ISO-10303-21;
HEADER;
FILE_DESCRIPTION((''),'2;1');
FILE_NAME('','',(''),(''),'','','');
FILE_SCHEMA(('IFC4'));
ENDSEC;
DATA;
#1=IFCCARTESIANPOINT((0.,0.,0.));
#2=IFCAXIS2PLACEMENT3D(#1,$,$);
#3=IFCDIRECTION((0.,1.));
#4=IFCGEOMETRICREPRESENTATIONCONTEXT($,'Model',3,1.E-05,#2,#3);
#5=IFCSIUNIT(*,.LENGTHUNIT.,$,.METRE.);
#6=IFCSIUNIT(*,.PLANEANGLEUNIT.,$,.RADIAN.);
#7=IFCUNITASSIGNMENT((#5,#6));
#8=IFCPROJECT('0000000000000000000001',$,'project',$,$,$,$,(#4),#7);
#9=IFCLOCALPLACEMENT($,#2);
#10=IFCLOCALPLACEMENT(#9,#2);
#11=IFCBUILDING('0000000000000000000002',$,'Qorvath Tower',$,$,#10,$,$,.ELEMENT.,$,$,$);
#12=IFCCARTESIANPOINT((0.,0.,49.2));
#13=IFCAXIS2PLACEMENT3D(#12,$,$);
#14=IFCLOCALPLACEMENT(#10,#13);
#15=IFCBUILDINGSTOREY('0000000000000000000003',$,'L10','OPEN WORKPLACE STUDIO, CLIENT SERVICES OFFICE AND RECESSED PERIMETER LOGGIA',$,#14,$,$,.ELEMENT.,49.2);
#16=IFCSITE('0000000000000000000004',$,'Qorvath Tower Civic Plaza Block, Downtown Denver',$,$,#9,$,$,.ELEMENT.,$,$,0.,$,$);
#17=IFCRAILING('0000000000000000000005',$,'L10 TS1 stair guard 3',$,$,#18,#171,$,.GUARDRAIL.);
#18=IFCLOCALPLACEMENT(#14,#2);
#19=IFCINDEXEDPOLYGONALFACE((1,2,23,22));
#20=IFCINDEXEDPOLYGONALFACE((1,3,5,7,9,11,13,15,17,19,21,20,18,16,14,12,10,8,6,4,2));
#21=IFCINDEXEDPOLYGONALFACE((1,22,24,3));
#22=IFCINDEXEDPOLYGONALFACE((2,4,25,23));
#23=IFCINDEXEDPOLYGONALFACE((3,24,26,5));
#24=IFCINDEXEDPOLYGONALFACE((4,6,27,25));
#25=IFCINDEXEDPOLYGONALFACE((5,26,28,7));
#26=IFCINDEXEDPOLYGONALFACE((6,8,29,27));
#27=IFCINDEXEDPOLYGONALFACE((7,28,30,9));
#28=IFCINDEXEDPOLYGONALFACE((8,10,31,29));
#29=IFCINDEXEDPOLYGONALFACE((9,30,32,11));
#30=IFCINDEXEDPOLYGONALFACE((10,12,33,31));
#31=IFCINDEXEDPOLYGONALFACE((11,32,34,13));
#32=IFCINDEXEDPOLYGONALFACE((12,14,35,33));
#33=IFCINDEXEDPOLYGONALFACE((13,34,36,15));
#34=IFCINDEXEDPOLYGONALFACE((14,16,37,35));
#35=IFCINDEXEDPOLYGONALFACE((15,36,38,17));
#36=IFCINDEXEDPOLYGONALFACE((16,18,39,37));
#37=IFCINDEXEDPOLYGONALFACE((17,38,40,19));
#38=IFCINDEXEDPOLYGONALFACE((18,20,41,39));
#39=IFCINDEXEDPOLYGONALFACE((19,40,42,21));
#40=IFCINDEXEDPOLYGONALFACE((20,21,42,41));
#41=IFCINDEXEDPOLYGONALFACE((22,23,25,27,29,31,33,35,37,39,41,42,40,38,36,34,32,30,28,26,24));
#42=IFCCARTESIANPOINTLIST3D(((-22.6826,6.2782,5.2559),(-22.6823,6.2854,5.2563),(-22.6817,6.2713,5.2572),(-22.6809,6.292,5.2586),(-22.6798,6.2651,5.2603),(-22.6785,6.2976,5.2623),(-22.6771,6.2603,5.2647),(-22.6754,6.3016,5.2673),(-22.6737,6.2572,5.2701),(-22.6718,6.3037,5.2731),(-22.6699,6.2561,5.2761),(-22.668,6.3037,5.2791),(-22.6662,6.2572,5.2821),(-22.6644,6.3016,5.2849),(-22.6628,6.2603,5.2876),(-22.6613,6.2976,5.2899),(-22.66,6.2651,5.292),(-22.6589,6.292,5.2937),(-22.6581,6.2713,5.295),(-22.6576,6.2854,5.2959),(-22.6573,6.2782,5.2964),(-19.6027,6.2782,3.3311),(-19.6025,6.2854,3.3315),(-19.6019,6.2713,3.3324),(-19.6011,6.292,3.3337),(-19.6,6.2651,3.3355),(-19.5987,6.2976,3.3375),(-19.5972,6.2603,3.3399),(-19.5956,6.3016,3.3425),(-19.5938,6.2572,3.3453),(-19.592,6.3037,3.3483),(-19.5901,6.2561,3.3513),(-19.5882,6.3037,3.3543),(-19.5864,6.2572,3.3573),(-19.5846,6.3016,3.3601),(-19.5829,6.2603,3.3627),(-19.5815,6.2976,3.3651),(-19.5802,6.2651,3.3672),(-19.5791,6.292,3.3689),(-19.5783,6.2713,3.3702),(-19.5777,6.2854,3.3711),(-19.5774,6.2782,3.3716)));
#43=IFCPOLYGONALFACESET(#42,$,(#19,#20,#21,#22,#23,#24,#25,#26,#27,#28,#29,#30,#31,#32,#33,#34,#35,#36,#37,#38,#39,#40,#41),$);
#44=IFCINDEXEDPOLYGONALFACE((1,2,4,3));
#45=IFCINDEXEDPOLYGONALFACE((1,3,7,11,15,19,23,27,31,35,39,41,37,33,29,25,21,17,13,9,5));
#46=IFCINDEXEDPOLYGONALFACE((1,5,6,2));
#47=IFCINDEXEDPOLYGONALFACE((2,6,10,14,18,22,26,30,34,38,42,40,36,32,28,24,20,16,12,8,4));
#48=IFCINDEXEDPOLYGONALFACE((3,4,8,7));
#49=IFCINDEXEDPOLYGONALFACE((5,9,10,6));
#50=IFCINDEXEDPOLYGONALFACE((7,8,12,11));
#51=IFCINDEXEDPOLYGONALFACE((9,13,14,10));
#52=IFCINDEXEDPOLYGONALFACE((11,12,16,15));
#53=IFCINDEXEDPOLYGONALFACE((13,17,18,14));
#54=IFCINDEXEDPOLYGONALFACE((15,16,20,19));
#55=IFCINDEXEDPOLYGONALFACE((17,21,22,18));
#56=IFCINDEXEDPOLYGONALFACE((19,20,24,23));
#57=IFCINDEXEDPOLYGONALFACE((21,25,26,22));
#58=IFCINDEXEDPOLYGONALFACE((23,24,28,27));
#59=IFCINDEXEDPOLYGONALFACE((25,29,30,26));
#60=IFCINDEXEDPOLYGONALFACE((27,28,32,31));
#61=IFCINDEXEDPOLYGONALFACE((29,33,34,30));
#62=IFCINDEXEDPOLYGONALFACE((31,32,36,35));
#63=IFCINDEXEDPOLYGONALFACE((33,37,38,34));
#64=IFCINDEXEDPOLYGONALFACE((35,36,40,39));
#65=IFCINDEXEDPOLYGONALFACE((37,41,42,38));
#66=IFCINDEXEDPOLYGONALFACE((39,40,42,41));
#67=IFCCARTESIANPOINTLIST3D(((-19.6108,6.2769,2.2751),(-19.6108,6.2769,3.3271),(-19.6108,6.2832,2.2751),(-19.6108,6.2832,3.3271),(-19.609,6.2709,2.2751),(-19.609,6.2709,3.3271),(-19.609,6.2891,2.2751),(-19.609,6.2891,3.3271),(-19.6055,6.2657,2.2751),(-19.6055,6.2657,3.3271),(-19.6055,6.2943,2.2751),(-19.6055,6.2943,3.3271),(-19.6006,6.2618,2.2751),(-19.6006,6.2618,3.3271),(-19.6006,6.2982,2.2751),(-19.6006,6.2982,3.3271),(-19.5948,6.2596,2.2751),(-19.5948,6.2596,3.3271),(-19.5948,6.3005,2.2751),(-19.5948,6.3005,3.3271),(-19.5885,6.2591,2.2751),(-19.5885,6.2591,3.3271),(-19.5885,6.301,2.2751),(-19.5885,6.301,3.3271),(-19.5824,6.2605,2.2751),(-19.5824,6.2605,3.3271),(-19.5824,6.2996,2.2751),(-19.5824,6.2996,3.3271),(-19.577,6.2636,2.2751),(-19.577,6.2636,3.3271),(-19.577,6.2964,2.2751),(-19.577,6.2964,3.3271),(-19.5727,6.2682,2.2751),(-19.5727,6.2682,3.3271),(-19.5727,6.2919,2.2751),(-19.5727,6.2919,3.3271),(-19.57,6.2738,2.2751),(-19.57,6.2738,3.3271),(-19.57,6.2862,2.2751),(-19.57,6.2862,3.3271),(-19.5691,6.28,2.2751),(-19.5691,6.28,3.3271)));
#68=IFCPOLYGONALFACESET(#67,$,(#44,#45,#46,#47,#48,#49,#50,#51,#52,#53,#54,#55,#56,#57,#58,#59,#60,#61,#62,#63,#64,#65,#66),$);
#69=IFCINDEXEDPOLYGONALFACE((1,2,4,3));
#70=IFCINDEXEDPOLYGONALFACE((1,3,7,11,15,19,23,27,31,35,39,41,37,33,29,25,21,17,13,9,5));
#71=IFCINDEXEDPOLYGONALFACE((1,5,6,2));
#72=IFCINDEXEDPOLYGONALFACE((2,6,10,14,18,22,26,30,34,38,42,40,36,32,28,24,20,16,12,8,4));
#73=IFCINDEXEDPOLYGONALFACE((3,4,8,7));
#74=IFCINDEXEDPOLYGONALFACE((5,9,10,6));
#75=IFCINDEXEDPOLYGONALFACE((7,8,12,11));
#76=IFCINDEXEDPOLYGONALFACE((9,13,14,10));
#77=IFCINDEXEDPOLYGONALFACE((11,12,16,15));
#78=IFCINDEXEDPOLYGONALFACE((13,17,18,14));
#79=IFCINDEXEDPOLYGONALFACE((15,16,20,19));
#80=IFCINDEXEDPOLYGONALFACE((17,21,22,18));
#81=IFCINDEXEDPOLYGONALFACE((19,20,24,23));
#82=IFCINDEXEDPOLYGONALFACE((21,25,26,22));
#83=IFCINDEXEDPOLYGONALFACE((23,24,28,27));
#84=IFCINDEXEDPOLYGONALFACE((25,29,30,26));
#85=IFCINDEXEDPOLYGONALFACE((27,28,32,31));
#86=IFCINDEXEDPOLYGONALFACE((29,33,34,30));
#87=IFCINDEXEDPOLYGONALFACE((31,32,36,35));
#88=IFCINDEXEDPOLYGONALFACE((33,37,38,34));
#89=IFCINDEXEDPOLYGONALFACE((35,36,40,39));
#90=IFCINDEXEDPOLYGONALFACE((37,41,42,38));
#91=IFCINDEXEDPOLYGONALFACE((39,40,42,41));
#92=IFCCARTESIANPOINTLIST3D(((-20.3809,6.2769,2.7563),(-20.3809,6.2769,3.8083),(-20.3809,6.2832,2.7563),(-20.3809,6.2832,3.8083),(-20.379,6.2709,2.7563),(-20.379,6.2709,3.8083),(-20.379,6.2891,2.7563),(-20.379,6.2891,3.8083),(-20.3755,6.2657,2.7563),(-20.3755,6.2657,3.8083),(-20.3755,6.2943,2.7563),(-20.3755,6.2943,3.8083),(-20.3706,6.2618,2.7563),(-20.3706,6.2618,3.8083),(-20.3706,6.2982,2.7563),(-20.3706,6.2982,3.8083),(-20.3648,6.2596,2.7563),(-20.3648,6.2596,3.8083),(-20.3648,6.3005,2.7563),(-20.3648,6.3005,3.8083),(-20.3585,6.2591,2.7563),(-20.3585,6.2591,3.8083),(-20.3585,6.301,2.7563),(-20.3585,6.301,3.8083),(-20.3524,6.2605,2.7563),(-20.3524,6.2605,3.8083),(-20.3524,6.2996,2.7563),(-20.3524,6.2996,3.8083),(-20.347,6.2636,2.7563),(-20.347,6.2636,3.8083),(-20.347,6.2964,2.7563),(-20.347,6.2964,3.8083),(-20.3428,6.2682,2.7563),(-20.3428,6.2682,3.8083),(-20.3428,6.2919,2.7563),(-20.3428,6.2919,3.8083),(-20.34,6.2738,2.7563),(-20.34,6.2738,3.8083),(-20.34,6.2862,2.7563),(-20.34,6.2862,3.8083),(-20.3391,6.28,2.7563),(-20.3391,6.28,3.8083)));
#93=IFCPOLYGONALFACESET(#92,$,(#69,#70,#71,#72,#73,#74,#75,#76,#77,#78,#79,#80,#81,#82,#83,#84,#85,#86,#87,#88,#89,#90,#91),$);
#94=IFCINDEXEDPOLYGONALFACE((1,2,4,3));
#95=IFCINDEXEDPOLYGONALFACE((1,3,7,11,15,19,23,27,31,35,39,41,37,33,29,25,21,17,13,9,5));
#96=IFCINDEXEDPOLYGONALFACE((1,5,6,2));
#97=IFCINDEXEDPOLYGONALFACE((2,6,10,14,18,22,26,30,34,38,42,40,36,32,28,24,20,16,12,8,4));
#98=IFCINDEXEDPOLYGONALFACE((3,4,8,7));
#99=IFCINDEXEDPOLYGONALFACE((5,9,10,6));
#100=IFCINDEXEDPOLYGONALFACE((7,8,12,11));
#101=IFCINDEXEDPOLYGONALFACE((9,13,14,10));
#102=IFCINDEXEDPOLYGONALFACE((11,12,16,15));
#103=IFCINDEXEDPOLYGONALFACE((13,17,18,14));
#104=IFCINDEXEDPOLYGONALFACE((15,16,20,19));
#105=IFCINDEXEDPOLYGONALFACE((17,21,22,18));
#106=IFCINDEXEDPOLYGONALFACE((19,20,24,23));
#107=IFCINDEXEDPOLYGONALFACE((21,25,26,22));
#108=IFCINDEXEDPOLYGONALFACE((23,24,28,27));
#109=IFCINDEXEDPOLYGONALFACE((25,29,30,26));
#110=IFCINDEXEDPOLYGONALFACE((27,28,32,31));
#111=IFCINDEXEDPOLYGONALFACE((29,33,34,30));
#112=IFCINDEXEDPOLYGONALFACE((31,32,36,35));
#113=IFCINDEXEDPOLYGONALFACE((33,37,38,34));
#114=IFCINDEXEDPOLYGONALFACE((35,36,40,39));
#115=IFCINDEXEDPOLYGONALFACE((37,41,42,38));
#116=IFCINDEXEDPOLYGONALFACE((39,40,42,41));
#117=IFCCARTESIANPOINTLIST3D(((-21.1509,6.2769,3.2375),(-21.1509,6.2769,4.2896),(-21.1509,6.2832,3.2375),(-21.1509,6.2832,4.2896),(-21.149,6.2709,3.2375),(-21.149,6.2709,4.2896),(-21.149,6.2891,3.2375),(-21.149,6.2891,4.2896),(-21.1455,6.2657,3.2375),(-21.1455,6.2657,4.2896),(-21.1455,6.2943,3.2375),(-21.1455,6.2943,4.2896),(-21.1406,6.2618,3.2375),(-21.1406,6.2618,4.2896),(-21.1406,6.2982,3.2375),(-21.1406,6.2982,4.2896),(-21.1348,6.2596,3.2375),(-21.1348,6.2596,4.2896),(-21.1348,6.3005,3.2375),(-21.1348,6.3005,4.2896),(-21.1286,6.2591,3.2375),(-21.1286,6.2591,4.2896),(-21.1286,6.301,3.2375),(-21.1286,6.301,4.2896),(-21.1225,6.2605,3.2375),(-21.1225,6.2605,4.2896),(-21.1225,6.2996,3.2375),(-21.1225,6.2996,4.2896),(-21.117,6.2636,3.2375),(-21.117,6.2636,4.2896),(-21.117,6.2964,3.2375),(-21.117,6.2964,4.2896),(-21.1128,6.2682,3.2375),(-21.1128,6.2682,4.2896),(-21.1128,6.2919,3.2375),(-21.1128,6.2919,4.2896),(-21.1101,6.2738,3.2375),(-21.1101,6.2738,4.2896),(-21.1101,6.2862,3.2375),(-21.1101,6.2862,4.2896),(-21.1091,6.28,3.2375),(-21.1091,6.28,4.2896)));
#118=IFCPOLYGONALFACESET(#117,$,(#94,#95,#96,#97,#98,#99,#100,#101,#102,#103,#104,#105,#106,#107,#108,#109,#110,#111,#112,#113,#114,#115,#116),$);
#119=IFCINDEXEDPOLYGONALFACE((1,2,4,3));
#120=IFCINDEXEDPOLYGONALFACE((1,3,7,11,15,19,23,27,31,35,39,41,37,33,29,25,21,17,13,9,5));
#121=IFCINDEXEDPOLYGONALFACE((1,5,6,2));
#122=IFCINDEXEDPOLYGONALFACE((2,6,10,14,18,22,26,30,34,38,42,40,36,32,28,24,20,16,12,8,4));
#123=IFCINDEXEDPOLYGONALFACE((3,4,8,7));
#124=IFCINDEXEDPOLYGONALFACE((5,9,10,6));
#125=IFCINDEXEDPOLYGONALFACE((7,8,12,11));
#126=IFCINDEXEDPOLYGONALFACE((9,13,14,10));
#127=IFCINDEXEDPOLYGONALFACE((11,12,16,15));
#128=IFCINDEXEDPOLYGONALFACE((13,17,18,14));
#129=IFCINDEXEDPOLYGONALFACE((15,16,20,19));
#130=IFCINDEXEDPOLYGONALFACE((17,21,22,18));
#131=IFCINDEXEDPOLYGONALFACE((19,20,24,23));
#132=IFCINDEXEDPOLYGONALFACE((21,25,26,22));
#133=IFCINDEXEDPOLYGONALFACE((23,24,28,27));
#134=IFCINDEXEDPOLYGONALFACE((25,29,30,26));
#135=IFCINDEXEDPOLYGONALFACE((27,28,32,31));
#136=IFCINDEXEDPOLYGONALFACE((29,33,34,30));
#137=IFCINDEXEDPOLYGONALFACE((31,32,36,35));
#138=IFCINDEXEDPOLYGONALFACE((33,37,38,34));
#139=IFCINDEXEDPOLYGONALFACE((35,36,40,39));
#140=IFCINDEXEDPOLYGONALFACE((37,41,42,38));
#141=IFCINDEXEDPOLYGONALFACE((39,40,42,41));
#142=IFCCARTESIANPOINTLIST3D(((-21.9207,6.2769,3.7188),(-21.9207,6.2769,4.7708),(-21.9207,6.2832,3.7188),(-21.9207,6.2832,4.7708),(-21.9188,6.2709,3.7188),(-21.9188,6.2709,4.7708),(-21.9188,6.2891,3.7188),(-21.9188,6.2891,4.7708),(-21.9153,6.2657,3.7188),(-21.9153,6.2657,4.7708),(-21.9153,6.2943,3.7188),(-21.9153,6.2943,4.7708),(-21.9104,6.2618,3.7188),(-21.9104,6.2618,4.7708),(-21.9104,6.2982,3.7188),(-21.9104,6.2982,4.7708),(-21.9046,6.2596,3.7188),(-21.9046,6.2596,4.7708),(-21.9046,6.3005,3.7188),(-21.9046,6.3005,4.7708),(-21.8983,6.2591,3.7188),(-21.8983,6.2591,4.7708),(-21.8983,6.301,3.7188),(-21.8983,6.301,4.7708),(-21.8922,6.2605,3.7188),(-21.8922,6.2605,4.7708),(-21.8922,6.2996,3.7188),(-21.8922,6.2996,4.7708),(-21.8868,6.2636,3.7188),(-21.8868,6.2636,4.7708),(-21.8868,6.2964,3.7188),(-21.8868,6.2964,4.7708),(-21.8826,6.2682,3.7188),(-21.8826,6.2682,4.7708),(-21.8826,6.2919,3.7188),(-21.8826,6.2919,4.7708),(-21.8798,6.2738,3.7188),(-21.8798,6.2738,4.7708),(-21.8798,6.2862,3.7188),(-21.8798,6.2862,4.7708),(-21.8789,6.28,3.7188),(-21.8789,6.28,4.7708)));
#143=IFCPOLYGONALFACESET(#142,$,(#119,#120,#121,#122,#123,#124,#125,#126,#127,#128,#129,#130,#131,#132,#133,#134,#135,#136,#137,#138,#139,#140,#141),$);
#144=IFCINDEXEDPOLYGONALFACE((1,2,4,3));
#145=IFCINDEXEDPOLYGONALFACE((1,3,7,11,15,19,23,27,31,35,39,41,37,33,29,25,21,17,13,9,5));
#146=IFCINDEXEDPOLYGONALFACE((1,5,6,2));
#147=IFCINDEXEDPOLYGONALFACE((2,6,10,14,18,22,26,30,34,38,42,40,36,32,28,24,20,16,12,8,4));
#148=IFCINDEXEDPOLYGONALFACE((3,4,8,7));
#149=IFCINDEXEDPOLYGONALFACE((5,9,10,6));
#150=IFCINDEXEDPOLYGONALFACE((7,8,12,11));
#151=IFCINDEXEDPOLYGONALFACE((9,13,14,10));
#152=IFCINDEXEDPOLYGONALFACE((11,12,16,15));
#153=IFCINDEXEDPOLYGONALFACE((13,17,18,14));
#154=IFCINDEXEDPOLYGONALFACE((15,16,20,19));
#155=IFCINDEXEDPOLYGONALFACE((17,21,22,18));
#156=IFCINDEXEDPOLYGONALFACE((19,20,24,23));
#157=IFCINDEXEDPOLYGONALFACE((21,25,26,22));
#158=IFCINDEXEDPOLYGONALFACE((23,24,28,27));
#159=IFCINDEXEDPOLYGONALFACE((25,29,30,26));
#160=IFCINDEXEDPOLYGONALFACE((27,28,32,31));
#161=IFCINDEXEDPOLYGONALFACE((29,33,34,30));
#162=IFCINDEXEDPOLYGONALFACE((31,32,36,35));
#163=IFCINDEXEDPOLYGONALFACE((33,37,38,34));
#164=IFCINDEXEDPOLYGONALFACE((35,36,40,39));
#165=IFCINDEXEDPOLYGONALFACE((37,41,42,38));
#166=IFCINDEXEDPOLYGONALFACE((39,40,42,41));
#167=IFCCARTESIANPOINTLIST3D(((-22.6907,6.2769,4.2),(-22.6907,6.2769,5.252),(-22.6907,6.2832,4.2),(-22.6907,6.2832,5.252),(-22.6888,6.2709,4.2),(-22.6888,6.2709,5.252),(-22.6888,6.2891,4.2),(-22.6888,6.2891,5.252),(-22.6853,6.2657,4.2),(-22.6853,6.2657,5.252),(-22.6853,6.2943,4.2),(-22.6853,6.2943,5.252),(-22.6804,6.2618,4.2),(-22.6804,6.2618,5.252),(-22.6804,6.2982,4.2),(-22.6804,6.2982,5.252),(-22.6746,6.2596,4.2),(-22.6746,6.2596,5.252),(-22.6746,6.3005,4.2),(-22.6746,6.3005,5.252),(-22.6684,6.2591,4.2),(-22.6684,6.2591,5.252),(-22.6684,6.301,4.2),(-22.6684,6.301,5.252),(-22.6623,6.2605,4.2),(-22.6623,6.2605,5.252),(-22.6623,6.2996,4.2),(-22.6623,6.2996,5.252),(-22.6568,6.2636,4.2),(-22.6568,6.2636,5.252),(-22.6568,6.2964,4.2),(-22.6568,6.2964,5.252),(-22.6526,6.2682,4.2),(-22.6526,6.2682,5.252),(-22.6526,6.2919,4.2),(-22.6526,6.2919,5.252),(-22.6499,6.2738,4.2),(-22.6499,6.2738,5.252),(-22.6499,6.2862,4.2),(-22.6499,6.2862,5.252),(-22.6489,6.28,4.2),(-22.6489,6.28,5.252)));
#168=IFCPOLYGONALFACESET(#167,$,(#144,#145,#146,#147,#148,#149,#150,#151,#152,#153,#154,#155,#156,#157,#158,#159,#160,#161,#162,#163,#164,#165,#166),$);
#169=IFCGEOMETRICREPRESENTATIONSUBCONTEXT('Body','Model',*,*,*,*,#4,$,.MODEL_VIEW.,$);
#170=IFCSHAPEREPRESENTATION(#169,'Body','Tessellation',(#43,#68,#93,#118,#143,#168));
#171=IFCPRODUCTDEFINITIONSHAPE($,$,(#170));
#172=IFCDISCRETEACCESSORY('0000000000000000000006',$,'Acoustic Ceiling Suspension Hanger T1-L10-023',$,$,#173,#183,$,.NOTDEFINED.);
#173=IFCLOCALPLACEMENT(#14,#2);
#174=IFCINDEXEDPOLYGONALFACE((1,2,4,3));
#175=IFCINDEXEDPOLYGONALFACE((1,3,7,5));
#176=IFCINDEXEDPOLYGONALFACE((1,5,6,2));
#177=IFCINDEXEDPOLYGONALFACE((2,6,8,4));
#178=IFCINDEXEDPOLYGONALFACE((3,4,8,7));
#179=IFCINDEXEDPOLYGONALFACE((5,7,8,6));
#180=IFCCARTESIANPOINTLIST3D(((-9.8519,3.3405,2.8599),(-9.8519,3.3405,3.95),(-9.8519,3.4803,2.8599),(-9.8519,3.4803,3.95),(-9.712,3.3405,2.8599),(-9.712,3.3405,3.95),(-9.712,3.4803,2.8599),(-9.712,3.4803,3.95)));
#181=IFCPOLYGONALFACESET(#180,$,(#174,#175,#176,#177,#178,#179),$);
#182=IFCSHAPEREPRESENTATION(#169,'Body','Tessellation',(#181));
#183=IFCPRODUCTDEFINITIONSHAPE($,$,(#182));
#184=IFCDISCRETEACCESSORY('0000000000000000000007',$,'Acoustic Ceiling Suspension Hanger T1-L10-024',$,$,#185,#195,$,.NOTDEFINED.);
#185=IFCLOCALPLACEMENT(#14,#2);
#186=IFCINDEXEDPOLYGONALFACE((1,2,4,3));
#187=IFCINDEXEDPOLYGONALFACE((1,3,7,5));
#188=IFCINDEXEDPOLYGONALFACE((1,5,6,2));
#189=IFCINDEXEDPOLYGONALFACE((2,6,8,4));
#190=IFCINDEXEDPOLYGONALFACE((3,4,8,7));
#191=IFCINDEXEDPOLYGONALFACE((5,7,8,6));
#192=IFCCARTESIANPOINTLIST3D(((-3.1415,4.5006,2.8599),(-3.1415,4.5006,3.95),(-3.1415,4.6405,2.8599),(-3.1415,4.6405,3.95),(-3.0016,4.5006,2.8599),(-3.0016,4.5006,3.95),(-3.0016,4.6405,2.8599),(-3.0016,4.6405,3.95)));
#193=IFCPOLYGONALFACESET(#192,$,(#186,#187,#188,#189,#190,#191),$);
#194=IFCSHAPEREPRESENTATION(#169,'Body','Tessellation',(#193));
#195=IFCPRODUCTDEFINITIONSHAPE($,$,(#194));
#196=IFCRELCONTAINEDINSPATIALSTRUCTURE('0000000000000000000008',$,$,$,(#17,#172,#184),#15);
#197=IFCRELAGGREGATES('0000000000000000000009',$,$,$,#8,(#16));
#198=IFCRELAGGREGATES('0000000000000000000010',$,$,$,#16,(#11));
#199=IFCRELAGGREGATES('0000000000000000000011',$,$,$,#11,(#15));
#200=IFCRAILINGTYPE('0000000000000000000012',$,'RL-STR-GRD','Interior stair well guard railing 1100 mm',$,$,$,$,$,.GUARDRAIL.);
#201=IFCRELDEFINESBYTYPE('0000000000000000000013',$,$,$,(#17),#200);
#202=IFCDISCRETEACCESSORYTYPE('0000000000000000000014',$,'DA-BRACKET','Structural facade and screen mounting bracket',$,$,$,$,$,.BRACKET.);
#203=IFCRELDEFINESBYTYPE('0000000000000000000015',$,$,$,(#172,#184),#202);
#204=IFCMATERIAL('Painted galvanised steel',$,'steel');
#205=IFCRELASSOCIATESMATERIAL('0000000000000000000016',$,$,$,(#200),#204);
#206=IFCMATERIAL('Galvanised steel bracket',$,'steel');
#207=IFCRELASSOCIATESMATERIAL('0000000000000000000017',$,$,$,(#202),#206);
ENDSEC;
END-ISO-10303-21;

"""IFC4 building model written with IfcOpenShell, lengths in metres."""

from ifc_helpers import new_model, si_unit, direction, frame, origin, origin_2d, place, context, subcontext, project, spatial, rectangle, circle, extrude, material, type_object, element, save


model = new_model("IFC4")

# Units and contexts
model_context = context("Model", 3, precision=1e-05, world=origin(), true_north=direction((0.0, 1.0)))
body_context = subcontext(model_context, "Body", "Model", "MODEL_VIEW")
ifc_project = project(units=[si_unit("LENGTHUNIT", "METRE"), si_unit("PLANEANGLEUNIT", "RADIAN")], contexts=[model_context])

# Site, building, storey
site_placement = place(None, origin())
site = spatial("IfcSite", under=ifc_project, at=site_placement, Name="Qorvath Tower Civic Plaza Block, Downtown Denver", CompositionType="ELEMENT", RefElevation=0.0)
building_placement = place(site_placement, origin())
building = spatial("IfcBuilding", under=site, at=building_placement, Name="Qorvath Tower", CompositionType="ELEMENT")
storey_placement = place(building_placement, frame((0.0, 0.0, 49.2)))
storey = spatial("IfcBuildingStorey", under=building, at=storey_placement, Name="L10", Description="OPEN WORKPLACE STUDIO, CLIENT SERVICES OFFICE AND RECESSED PERIMETER LOGGIA", CompositionType="ELEMENT", Elevation=49.2)

# Railing
ifc_material_1 = material(Name="Painted galvanised steel", Category="steel")
railing_type = type_object("IfcRailingType", Name="RL-STR-GRD", Description="Interior stair well guard railing 1100 mm", PredefinedType="GUARDRAIL", material=ifc_material_1)
railing_1_placement = place(storey_placement, frame((-19.5901, 6.28, 2.2751)))
element("IfcRailing", 1, at=railing_1_placement, inside=storey, type_object=railing_type, Name="L10 TS1 stair guard 3", PredefinedType="GUARDRAIL", context=body_context, shape_type="SweptSolid", body=[
    extrude(circle(Radius=0.0239, at=origin_2d()), frame((0.0, 0.0, 1.0762), z_axis=(-0.84801, 0.0, 0.529981), x_axis=(0.0, -1.0, 0.0)), (0.0, 0.0, 1.0), 3.6318),
    extrude(circle(Radius=0.021, at=origin_2d()), origin(), (0.0, 0.0, 1.0), 1.052),
    extrude(circle(Radius=0.021, at=origin_2d()), frame((-0.77, 0.0, 0.4812)), (0.0, 0.0, 1.0), 1.052),
    extrude(circle(Radius=0.021, at=origin_2d()), frame((-1.54, 0.0, 0.9624)), (0.0, 0.0, 1.0), 1.052),
    extrude(circle(Radius=0.021, at=origin_2d()), frame((-2.3098, 0.0, 1.4436)), (0.0, 0.0, 1.0), 1.052),
    extrude(circle(Radius=0.021, at=origin_2d()), frame((-3.0798, 0.0, 1.9248)), (0.0, 0.0, 1.0), 1.052),
])

# Discrete accessories
ifc_material_2 = material(Name="Galvanised steel bracket", Category="steel")
discrete_accessory_type = type_object("IfcDiscreteAccessoryType", Name="DA-BRACKET", Description="Structural facade and screen mounting bracket", PredefinedType="BRACKET", material=ifc_material_2)
for number, where, z_axis, x_axis, name in (
    (2, (-9.782, 3.4104, 2.8599), (0.0, 0.0, 1.0), (1.0, 0.0, 0.0), "Acoustic Ceiling Suspension Hanger T1-L10-023"),
    (3, (-3.0715, 4.5706, 2.8599), (0.0, 0.0, 1.0), (1.0, 0.0, 0.0), "Acoustic Ceiling Suspension Hanger T1-L10-024"),
):
    element("IfcDiscreteAccessory", number, at=place(storey_placement, frame(where, z_axis=z_axis, x_axis=x_axis)), inside=storey, type_object=discrete_accessory_type, Name=name, PredefinedType="NOTDEFINED", context=body_context, shape_type="SweptSolid", body=[
        extrude(rectangle(XDim=0.1399, YDim=0.1399, at=origin_2d()), origin(), (0.0, 0.0, 1.0), 1.0901),
    ])

save(model, "model.ifc")
